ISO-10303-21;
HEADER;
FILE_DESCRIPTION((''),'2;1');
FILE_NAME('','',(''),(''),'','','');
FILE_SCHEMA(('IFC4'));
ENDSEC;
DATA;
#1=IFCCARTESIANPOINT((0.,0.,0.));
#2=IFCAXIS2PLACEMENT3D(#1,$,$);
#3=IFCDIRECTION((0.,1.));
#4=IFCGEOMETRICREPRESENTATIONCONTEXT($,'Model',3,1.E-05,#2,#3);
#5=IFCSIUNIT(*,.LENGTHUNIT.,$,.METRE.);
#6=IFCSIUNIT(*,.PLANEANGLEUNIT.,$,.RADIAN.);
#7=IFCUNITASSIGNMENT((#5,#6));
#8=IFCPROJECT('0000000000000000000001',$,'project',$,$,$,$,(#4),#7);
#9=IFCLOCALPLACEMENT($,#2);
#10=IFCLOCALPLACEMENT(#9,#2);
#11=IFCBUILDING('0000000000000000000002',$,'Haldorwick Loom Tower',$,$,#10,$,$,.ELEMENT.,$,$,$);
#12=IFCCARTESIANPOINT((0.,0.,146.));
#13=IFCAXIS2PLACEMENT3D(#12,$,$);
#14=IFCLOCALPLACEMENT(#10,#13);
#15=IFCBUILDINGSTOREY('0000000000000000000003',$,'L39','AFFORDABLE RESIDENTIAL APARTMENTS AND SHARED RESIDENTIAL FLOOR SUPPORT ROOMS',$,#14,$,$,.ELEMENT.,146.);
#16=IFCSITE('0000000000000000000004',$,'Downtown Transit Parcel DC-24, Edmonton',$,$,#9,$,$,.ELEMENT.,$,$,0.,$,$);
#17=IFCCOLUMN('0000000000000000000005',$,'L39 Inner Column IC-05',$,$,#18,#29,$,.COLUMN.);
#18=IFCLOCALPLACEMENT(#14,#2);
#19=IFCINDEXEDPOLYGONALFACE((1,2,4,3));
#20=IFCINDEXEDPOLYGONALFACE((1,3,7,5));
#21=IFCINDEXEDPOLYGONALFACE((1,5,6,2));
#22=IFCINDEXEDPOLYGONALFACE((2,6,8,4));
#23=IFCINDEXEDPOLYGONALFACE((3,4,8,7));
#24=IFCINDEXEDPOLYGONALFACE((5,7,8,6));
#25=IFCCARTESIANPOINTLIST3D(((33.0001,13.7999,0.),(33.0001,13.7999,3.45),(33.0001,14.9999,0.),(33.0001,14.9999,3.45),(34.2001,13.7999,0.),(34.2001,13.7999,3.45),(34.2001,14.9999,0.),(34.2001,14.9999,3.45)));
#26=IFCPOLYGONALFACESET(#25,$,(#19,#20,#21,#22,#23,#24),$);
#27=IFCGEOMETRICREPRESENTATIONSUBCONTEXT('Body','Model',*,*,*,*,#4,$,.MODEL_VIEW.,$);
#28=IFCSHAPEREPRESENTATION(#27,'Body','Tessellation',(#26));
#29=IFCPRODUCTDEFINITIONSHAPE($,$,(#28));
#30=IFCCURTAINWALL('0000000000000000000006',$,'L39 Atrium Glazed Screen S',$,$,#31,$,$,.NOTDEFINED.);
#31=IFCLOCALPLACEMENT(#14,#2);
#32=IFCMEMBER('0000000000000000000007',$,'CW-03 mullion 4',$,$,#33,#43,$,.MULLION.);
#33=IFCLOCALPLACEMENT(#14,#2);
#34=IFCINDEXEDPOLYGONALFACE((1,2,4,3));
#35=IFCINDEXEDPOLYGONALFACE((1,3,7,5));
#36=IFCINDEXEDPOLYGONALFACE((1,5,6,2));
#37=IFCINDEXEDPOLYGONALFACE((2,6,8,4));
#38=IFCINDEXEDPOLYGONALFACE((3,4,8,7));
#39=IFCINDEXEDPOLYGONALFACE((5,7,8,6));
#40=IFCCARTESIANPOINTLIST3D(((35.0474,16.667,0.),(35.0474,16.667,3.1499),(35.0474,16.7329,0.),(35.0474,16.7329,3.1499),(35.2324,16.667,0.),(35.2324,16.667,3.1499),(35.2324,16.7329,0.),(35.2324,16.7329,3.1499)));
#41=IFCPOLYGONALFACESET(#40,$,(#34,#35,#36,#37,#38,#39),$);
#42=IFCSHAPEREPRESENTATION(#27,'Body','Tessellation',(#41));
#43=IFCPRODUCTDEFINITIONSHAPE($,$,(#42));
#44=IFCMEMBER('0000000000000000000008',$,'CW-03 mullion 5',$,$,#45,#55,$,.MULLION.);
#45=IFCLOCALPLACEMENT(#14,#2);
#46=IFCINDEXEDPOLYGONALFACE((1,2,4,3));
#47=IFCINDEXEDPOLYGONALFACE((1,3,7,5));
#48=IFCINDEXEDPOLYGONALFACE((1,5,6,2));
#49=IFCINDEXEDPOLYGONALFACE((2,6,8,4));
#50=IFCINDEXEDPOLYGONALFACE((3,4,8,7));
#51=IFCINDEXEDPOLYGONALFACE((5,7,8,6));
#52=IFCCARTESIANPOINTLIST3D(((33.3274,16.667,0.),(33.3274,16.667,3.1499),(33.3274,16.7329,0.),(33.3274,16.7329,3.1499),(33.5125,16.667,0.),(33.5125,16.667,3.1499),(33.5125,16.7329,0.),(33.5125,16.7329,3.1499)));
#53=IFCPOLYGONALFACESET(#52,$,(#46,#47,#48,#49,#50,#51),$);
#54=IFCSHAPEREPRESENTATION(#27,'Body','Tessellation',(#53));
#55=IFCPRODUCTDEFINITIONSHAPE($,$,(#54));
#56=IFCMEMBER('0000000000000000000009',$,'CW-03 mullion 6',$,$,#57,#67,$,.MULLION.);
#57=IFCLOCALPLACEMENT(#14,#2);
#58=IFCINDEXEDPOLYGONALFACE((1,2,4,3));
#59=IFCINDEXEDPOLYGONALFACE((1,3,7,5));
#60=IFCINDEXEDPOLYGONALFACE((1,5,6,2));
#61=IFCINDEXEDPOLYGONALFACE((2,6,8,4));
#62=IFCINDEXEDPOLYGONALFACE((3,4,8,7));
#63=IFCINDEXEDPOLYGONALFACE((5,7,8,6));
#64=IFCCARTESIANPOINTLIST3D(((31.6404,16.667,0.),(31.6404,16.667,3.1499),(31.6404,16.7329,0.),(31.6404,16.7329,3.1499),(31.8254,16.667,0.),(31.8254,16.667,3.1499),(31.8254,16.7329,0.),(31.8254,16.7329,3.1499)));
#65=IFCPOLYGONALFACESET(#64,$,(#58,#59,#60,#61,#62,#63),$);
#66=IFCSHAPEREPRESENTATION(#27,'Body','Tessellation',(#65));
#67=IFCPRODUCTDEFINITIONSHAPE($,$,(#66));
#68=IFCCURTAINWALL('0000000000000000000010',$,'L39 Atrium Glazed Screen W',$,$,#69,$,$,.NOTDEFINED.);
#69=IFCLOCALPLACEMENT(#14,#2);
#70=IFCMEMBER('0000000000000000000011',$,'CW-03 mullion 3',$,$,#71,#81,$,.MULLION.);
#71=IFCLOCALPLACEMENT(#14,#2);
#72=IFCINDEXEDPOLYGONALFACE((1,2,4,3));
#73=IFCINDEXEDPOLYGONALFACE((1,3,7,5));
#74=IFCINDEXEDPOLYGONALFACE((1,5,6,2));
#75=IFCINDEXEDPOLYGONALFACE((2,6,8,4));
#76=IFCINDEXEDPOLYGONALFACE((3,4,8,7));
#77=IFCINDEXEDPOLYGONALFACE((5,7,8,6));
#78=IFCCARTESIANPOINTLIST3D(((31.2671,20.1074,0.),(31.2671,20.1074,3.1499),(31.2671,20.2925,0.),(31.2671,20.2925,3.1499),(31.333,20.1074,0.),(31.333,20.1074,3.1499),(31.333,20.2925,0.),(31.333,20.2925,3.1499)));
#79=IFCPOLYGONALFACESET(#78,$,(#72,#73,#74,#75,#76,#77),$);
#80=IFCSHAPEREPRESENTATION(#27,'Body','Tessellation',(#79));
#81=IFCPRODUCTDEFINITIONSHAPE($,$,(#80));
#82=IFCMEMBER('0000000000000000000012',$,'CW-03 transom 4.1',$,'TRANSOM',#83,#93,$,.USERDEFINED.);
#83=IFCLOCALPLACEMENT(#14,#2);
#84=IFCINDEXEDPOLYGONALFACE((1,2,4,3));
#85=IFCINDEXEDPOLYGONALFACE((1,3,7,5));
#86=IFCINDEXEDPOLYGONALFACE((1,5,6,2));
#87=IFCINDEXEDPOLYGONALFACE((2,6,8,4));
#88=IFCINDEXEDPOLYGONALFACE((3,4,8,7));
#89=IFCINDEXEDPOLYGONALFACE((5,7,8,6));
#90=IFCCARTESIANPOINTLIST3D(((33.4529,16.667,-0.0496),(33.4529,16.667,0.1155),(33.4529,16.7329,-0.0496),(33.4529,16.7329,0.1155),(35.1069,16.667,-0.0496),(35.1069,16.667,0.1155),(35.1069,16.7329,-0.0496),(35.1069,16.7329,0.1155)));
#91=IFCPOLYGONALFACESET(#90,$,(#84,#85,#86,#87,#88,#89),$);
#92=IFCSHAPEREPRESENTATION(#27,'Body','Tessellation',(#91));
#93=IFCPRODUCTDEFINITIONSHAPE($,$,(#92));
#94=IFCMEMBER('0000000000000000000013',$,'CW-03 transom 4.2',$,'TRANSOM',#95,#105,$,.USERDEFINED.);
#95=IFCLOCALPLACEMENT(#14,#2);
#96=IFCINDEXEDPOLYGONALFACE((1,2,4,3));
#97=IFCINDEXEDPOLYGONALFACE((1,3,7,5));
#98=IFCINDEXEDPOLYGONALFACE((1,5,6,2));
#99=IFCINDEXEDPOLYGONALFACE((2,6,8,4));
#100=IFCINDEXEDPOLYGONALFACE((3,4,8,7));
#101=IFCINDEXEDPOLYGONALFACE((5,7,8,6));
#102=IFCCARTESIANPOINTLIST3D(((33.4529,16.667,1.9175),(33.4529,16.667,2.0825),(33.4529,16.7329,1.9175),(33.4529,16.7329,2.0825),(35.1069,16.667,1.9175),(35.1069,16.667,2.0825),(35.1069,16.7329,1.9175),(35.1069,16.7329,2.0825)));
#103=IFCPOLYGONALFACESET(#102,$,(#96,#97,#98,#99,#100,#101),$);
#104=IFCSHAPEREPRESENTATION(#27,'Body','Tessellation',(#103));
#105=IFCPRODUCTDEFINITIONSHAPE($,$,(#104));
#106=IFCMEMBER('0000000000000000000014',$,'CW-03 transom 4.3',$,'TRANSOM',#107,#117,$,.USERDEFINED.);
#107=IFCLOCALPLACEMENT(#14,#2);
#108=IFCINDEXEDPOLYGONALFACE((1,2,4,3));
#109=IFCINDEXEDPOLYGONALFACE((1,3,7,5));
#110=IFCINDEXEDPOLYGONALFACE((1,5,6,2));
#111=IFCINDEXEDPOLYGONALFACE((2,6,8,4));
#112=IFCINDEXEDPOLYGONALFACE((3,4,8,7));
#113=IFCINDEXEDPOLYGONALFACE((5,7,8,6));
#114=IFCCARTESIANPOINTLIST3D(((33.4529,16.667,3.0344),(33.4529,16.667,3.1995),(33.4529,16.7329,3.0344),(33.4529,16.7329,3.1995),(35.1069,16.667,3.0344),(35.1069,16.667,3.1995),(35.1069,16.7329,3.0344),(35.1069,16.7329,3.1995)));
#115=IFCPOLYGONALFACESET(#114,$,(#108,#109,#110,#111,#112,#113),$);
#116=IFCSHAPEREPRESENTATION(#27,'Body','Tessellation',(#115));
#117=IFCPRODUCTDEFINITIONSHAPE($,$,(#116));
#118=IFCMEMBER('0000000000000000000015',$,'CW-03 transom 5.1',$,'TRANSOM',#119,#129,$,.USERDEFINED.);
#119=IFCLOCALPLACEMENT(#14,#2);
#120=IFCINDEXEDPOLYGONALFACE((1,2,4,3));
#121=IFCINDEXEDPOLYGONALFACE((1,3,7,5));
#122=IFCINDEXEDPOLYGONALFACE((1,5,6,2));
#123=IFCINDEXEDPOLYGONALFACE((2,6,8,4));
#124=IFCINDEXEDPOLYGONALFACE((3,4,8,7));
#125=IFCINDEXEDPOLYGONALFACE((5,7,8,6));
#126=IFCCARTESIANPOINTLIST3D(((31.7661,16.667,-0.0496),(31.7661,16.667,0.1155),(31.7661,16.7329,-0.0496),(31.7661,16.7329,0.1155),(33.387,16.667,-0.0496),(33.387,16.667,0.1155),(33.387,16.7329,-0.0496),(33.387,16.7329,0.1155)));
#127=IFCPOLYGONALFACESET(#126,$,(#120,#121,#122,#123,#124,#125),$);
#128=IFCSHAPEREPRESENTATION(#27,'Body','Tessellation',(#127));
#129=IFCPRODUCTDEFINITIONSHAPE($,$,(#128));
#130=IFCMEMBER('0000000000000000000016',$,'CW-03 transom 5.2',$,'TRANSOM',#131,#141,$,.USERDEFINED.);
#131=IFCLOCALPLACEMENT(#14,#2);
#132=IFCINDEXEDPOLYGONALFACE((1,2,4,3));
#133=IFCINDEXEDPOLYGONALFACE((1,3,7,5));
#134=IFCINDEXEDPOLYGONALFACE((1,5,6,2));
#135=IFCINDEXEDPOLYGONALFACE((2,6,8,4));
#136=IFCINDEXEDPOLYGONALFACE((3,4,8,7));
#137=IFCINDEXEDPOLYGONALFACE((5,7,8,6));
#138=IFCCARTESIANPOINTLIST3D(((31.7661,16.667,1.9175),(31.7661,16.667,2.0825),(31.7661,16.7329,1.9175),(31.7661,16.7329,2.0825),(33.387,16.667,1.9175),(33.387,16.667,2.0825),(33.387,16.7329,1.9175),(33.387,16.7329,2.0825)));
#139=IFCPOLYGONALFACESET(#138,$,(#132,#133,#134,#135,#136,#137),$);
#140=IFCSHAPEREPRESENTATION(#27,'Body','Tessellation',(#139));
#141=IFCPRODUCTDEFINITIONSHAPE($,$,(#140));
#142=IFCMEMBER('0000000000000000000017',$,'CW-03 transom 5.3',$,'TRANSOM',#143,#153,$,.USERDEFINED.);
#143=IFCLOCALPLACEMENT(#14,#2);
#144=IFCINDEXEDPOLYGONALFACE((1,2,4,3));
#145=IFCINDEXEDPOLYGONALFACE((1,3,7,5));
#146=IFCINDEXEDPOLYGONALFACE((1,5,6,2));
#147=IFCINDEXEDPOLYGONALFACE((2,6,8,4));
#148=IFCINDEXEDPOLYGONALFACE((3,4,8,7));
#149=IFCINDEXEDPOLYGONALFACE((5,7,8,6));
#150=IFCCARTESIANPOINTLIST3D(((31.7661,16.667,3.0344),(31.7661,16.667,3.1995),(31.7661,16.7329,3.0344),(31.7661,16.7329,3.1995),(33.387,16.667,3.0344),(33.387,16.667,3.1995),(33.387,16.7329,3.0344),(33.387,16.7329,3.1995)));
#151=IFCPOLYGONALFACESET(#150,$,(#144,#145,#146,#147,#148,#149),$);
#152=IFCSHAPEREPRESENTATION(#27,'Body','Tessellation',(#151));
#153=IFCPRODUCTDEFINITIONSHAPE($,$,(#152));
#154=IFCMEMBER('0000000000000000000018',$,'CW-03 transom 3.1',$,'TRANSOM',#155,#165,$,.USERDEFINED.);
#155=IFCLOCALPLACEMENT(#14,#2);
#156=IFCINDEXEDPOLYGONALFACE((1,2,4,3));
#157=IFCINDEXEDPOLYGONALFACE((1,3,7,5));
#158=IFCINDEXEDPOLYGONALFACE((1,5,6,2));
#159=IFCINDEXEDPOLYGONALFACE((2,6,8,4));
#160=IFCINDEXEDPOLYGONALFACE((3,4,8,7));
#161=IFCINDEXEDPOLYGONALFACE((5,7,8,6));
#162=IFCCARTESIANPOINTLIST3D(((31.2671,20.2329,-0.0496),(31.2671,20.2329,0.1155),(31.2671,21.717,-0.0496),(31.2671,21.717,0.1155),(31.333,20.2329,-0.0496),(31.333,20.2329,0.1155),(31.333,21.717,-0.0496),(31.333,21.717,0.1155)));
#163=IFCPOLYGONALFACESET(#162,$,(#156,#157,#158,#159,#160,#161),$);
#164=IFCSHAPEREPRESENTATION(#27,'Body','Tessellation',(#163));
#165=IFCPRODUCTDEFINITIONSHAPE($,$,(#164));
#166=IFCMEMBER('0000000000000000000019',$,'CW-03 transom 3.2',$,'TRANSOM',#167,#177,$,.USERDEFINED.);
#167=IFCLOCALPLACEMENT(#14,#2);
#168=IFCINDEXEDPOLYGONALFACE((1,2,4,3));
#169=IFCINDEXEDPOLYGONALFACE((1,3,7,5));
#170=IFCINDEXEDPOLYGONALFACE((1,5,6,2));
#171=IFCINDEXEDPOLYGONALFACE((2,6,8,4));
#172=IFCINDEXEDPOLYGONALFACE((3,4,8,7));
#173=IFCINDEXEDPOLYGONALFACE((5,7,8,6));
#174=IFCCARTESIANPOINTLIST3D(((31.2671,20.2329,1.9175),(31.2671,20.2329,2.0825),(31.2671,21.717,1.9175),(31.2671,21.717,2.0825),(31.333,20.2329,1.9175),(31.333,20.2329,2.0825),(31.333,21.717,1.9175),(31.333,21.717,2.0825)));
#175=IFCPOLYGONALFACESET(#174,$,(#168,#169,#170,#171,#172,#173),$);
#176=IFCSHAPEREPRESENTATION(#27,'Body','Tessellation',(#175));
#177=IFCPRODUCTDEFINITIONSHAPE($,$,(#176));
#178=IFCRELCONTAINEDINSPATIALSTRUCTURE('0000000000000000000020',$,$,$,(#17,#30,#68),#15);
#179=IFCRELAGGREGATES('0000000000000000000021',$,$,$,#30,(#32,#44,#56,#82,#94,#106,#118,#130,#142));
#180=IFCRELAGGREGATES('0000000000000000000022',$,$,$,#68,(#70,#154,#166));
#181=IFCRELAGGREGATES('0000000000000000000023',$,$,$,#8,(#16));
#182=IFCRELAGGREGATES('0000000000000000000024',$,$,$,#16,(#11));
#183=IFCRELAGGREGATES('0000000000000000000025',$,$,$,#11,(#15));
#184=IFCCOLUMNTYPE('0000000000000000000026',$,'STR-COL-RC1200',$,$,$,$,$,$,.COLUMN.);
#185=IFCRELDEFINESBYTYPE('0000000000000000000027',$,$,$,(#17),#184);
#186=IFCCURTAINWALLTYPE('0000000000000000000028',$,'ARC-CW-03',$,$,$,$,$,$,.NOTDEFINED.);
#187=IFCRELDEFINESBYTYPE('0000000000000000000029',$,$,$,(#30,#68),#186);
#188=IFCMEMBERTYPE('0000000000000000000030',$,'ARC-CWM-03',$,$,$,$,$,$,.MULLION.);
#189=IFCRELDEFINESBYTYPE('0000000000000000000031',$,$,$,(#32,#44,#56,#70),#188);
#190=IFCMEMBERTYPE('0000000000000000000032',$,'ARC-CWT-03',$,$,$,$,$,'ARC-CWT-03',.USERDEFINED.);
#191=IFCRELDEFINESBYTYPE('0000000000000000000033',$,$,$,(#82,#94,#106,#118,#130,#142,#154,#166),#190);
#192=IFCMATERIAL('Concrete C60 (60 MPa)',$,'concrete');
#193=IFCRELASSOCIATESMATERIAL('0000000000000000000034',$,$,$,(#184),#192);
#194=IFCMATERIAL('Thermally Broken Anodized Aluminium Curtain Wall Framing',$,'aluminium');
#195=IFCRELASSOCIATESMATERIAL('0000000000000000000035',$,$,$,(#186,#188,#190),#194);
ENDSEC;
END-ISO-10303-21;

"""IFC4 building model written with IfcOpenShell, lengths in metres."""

from ifc_helpers import new_model, si_unit, direction, frame, origin, origin_2d, place, context, subcontext, project, spatial, rectangle, extrude, material, material_profile, profile_set, type_object, element, aggregate, save


model = new_model("IFC4")

# Units and contexts
model_context = context("Model", 3, precision=1e-05, world=origin(), true_north=direction((0.0, 1.0)))
body_context = subcontext(model_context, "Body", "Model", "MODEL_VIEW")
ifc_project = project(units=[si_unit("LENGTHUNIT", "METRE"), si_unit("PLANEANGLEUNIT", "RADIAN")], contexts=[model_context])

# Site, building, storey
site_placement = place(None, origin())
site = spatial("IfcSite", under=ifc_project, at=site_placement, Name="Downtown Transit Parcel DC-24, Edmonton", CompositionType="ELEMENT", RefElevation=0.0)
building_placement = place(site_placement, origin())
building = spatial("IfcBuilding", under=site, at=building_placement, Name="Haldorwick Loom Tower", CompositionType="ELEMENT")
storey_placement = place(building_placement, frame((0.0, 0.0, 146.0)))
storey = spatial("IfcBuildingStorey", under=building, at=storey_placement, Name="L39", Description="AFFORDABLE RESIDENTIAL APARTMENTS AND SHARED RESIDENTIAL FLOOR SUPPORT ROOMS", CompositionType="ELEMENT", Elevation=146.0)

# Column
ifc_material_1 = material(Name="Concrete C60 (60 MPa)", Category="concrete")
ifc_material_profile_1 = material_profile(ifc_material_1, rectangle(XDim=1.2, YDim=1.2, at=origin_2d()), Name="RC1200X1200", Category="concrete")
ifc_profile_set_1 = profile_set([ifc_material_profile_1], Name="Concrete C60 (60 MPa)")
column_type = type_object("IfcColumnType", Name="STR-COL-RC1200", PredefinedType="COLUMN", material=ifc_profile_set_1)
column_placement = place(storey_placement, frame((33.6001, 14.3999, 0.0), z_axis=(0.0, 0.0, 1.0), x_axis=(1.0, 0.0, 0.0)))
element("IfcColumn", 1, at=column_placement, inside=storey, type_object=column_type, Name="L39 Inner Column IC-05", PredefinedType="COLUMN", context=body_context, shape_type="SweptSolid", body=[
    extrude(rectangle(XDim=1.2, YDim=1.2, at=origin_2d()), origin(), (0.0, 0.0, 1.0), 3.45),
])

# Curtain wall, members
ifc_material_2 = material(Name="Thermally Broken Anodized Aluminium Curtain Wall Framing", Category="aluminium")
curtain_wall_type = type_object("IfcCurtainWallType", Name="ARC-CW-03", PredefinedType="NOTDEFINED", material=ifc_material_2)
curtain_wall_1_placement = place(storey_placement, origin())
curtain_wall_1 = element("IfcCurtainWall", 2, at=curtain_wall_1_placement, inside=storey, type_object=curtain_wall_type, Name="L39 Atrium Glazed Screen S", PredefinedType="NOTDEFINED")
ifc_material_profile_2 = material_profile(ifc_material_2, rectangle(XDim=0.0659, YDim=0.1851, at=origin_2d()), Name="ALU_MUL_66X185", Category="aluminium")
ifc_profile_set_2 = profile_set([ifc_material_profile_2], Name="Thermally Broken Anodized Aluminium Curtain Wall Framing")
member_type_1 = type_object("IfcMemberType", Name="ARC-CWM-03", PredefinedType="MULLION", material=ifc_profile_set_2)
member_1_placement = place(storey_placement, frame((35.1399, 16.7, 0.0), z_axis=(0.0, 0.0, 1.0), x_axis=(0.0, -1.0, 0.0)))
member_1 = element("IfcMember", 3, at=member_1_placement, type_object=member_type_1, Name="CW-03 mullion 4", PredefinedType="MULLION", context=body_context, shape_type="SweptSolid", body=[
    extrude(rectangle(XDim=0.0659, YDim=0.1851, at=origin_2d()), origin(), (0.0, 0.0, 1.0), 3.1499),
])
member_2_placement = place(storey_placement, frame((33.4199, 16.7, 0.0), z_axis=(0.0, 0.0, 1.0), x_axis=(0.0, -1.0, 0.0)))
member_2 = element("IfcMember", 4, at=member_2_placement, type_object=member_type_1, Name="CW-03 mullion 5", PredefinedType="MULLION", context=body_context, shape_type="SweptSolid", body=[
    extrude(rectangle(XDim=0.0659, YDim=0.1851, at=origin_2d()), origin(), (0.0, 0.0, 1.0), 3.1499),
])
member_3_placement = place(storey_placement, frame((31.7329, 16.7, 0.0), z_axis=(0.0, 0.0, 1.0), x_axis=(0.0, -1.0, 0.0)))
member_3 = element("IfcMember", 5, at=member_3_placement, type_object=member_type_1, Name="CW-03 mullion 6", PredefinedType="MULLION", context=body_context, shape_type="SweptSolid", body=[
    extrude(rectangle(XDim=0.0659, YDim=0.1851, at=origin_2d()), origin(), (0.0, 0.0, 1.0), 3.1499),
])

# Curtain wall, member
curtain_wall_2_placement = place(storey_placement, origin())
curtain_wall_2 = element("IfcCurtainWall", 6, at=curtain_wall_2_placement, inside=storey, type_object=curtain_wall_type, Name="L39 Atrium Glazed Screen W", PredefinedType="NOTDEFINED")
member_4_placement = place(storey_placement, frame((31.3, 20.2, 0.0), z_axis=(0.0, 0.0, 1.0), x_axis=(-1.0, 0.0, 0.0)))
member_4 = element("IfcMember", 7, at=member_4_placement, type_object=member_type_1, Name="CW-03 mullion 3", PredefinedType="MULLION", context=body_context, shape_type="SweptSolid", body=[
    extrude(rectangle(XDim=0.0659, YDim=0.1851, at=origin_2d()), origin(), (0.0, 0.0, 1.0), 3.1499),
])

# Members
ifc_material_profile_3 = material_profile(ifc_material_2, rectangle(XDim=0.0659, YDim=0.165, at=origin_2d()), Name="ALU_TRN_66X165", Category="aluminium")
ifc_profile_set_3 = profile_set([ifc_material_profile_3], Name="Thermally Broken Anodized Aluminium Curtain Wall Framing")
member_type_2 = type_object("IfcMemberType", Name="ARC-CWT-03", ElementType="ARC-CWT-03", PredefinedType="USERDEFINED", material=ifc_profile_set_3)
member_5_placement = place(storey_placement, frame((35.1069, 16.7, 0.033), z_axis=(-1.0, 0.0, 0.0), x_axis=(0.0, -1.0, 0.0)))
member_5 = element("IfcMember", 8, at=member_5_placement, type_object=member_type_2, Name="CW-03 transom 4.1", ObjectType="TRANSOM", PredefinedType="USERDEFINED", context=body_context, shape_type="SweptSolid", body=[
    extrude(rectangle(XDim=0.0659, YDim=0.165, at=origin_2d()), origin(), (0.0, 0.0, 1.0), 1.6541),
])
member_6_placement = place(storey_placement, frame((35.1069, 16.7, 2.0), z_axis=(-1.0, 0.0, 0.0), x_axis=(0.0, -1.0, 0.0)))
member_6 = element("IfcMember", 9, at=member_6_placement, type_object=member_type_2, Name="CW-03 transom 4.2", ObjectType="TRANSOM", PredefinedType="USERDEFINED", context=body_context, shape_type="SweptSolid", body=[
    extrude(rectangle(XDim=0.0659, YDim=0.165, at=origin_2d()), origin(), (0.0, 0.0, 1.0), 1.6541),
])
member_7_placement = place(storey_placement, frame((35.1069, 16.7, 3.1169), z_axis=(-1.0, 0.0, 0.0), x_axis=(0.0, -1.0, 0.0)))
member_7 = element("IfcMember", 10, at=member_7_placement, type_object=member_type_2, Name="CW-03 transom 4.3", ObjectType="TRANSOM", PredefinedType="USERDEFINED", context=body_context, shape_type="SweptSolid", body=[
    extrude(rectangle(XDim=0.0659, YDim=0.165, at=origin_2d()), origin(), (0.0, 0.0, 1.0), 1.6541),
])
member_8_placement = place(storey_placement, frame((33.387, 16.7, 0.033), z_axis=(-1.0, 0.0, 0.0), x_axis=(0.0, -1.0, 0.0)))
member_8 = element("IfcMember", 11, at=member_8_placement, type_object=member_type_2, Name="CW-03 transom 5.1", ObjectType="TRANSOM", PredefinedType="USERDEFINED", context=body_context, shape_type="SweptSolid", body=[
    extrude(rectangle(XDim=0.0659, YDim=0.165, at=origin_2d()), origin(), (0.0, 0.0, 1.0), 1.6208),
])
member_9_placement = place(storey_placement, frame((33.387, 16.7, 2.0), z_axis=(-1.0, 0.0, 0.0), x_axis=(0.0, -1.0, 0.0)))
member_9 = element("IfcMember", 12, at=member_9_placement, type_object=member_type_2, Name="CW-03 transom 5.2", ObjectType="TRANSOM", PredefinedType="USERDEFINED", context=body_context, shape_type="SweptSolid", body=[
    extrude(rectangle(XDim=0.0659, YDim=0.165, at=origin_2d()), origin(), (0.0, 0.0, 1.0), 1.6208),
])
member_10_placement = place(storey_placement, frame((33.387, 16.7, 3.1169), z_axis=(-1.0, 0.0, 0.0), x_axis=(0.0, -1.0, 0.0)))
member_10 = element("IfcMember", 13, at=member_10_placement, type_object=member_type_2, Name="CW-03 transom 5.3", ObjectType="TRANSOM", PredefinedType="USERDEFINED", context=body_context, shape_type="SweptSolid", body=[
    extrude(rectangle(XDim=0.0659, YDim=0.165, at=origin_2d()), origin(), (0.0, 0.0, 1.0), 1.6208),
])
member_11_placement = place(storey_placement, frame((31.3, 20.2329, 0.033), z_axis=(0.0, 1.0, 0.0), x_axis=(-1.0, 0.0, 0.0)))
member_11 = element("IfcMember", 14, at=member_11_placement, type_object=member_type_2, Name="CW-03 transom 3.1", ObjectType="TRANSOM", PredefinedType="USERDEFINED", context=body_context, shape_type="SweptSolid", body=[
    extrude(rectangle(XDim=0.0659, YDim=0.165, at=origin_2d()), origin(), (0.0, 0.0, 1.0), 1.4841),
])
member_12_placement = place(storey_placement, frame((31.3, 20.2329, 2.0), z_axis=(0.0, 1.0, 0.0), x_axis=(-1.0, 0.0, 0.0)))
member_12 = element("IfcMember", 15, at=member_12_placement, type_object=member_type_2, Name="CW-03 transom 3.2", ObjectType="TRANSOM", PredefinedType="USERDEFINED", context=body_context, shape_type="SweptSolid", body=[
    extrude(rectangle(XDim=0.0659, YDim=0.165, at=origin_2d()), origin(), (0.0, 0.0, 1.0), 1.4841),
])

aggregate(curtain_wall_1, [member_1, member_2, member_3, member_5, member_6, member_7, member_8, member_9, member_10])
aggregate(curtain_wall_2, [member_4, member_11, member_12])

save(model, "model.ifc")
